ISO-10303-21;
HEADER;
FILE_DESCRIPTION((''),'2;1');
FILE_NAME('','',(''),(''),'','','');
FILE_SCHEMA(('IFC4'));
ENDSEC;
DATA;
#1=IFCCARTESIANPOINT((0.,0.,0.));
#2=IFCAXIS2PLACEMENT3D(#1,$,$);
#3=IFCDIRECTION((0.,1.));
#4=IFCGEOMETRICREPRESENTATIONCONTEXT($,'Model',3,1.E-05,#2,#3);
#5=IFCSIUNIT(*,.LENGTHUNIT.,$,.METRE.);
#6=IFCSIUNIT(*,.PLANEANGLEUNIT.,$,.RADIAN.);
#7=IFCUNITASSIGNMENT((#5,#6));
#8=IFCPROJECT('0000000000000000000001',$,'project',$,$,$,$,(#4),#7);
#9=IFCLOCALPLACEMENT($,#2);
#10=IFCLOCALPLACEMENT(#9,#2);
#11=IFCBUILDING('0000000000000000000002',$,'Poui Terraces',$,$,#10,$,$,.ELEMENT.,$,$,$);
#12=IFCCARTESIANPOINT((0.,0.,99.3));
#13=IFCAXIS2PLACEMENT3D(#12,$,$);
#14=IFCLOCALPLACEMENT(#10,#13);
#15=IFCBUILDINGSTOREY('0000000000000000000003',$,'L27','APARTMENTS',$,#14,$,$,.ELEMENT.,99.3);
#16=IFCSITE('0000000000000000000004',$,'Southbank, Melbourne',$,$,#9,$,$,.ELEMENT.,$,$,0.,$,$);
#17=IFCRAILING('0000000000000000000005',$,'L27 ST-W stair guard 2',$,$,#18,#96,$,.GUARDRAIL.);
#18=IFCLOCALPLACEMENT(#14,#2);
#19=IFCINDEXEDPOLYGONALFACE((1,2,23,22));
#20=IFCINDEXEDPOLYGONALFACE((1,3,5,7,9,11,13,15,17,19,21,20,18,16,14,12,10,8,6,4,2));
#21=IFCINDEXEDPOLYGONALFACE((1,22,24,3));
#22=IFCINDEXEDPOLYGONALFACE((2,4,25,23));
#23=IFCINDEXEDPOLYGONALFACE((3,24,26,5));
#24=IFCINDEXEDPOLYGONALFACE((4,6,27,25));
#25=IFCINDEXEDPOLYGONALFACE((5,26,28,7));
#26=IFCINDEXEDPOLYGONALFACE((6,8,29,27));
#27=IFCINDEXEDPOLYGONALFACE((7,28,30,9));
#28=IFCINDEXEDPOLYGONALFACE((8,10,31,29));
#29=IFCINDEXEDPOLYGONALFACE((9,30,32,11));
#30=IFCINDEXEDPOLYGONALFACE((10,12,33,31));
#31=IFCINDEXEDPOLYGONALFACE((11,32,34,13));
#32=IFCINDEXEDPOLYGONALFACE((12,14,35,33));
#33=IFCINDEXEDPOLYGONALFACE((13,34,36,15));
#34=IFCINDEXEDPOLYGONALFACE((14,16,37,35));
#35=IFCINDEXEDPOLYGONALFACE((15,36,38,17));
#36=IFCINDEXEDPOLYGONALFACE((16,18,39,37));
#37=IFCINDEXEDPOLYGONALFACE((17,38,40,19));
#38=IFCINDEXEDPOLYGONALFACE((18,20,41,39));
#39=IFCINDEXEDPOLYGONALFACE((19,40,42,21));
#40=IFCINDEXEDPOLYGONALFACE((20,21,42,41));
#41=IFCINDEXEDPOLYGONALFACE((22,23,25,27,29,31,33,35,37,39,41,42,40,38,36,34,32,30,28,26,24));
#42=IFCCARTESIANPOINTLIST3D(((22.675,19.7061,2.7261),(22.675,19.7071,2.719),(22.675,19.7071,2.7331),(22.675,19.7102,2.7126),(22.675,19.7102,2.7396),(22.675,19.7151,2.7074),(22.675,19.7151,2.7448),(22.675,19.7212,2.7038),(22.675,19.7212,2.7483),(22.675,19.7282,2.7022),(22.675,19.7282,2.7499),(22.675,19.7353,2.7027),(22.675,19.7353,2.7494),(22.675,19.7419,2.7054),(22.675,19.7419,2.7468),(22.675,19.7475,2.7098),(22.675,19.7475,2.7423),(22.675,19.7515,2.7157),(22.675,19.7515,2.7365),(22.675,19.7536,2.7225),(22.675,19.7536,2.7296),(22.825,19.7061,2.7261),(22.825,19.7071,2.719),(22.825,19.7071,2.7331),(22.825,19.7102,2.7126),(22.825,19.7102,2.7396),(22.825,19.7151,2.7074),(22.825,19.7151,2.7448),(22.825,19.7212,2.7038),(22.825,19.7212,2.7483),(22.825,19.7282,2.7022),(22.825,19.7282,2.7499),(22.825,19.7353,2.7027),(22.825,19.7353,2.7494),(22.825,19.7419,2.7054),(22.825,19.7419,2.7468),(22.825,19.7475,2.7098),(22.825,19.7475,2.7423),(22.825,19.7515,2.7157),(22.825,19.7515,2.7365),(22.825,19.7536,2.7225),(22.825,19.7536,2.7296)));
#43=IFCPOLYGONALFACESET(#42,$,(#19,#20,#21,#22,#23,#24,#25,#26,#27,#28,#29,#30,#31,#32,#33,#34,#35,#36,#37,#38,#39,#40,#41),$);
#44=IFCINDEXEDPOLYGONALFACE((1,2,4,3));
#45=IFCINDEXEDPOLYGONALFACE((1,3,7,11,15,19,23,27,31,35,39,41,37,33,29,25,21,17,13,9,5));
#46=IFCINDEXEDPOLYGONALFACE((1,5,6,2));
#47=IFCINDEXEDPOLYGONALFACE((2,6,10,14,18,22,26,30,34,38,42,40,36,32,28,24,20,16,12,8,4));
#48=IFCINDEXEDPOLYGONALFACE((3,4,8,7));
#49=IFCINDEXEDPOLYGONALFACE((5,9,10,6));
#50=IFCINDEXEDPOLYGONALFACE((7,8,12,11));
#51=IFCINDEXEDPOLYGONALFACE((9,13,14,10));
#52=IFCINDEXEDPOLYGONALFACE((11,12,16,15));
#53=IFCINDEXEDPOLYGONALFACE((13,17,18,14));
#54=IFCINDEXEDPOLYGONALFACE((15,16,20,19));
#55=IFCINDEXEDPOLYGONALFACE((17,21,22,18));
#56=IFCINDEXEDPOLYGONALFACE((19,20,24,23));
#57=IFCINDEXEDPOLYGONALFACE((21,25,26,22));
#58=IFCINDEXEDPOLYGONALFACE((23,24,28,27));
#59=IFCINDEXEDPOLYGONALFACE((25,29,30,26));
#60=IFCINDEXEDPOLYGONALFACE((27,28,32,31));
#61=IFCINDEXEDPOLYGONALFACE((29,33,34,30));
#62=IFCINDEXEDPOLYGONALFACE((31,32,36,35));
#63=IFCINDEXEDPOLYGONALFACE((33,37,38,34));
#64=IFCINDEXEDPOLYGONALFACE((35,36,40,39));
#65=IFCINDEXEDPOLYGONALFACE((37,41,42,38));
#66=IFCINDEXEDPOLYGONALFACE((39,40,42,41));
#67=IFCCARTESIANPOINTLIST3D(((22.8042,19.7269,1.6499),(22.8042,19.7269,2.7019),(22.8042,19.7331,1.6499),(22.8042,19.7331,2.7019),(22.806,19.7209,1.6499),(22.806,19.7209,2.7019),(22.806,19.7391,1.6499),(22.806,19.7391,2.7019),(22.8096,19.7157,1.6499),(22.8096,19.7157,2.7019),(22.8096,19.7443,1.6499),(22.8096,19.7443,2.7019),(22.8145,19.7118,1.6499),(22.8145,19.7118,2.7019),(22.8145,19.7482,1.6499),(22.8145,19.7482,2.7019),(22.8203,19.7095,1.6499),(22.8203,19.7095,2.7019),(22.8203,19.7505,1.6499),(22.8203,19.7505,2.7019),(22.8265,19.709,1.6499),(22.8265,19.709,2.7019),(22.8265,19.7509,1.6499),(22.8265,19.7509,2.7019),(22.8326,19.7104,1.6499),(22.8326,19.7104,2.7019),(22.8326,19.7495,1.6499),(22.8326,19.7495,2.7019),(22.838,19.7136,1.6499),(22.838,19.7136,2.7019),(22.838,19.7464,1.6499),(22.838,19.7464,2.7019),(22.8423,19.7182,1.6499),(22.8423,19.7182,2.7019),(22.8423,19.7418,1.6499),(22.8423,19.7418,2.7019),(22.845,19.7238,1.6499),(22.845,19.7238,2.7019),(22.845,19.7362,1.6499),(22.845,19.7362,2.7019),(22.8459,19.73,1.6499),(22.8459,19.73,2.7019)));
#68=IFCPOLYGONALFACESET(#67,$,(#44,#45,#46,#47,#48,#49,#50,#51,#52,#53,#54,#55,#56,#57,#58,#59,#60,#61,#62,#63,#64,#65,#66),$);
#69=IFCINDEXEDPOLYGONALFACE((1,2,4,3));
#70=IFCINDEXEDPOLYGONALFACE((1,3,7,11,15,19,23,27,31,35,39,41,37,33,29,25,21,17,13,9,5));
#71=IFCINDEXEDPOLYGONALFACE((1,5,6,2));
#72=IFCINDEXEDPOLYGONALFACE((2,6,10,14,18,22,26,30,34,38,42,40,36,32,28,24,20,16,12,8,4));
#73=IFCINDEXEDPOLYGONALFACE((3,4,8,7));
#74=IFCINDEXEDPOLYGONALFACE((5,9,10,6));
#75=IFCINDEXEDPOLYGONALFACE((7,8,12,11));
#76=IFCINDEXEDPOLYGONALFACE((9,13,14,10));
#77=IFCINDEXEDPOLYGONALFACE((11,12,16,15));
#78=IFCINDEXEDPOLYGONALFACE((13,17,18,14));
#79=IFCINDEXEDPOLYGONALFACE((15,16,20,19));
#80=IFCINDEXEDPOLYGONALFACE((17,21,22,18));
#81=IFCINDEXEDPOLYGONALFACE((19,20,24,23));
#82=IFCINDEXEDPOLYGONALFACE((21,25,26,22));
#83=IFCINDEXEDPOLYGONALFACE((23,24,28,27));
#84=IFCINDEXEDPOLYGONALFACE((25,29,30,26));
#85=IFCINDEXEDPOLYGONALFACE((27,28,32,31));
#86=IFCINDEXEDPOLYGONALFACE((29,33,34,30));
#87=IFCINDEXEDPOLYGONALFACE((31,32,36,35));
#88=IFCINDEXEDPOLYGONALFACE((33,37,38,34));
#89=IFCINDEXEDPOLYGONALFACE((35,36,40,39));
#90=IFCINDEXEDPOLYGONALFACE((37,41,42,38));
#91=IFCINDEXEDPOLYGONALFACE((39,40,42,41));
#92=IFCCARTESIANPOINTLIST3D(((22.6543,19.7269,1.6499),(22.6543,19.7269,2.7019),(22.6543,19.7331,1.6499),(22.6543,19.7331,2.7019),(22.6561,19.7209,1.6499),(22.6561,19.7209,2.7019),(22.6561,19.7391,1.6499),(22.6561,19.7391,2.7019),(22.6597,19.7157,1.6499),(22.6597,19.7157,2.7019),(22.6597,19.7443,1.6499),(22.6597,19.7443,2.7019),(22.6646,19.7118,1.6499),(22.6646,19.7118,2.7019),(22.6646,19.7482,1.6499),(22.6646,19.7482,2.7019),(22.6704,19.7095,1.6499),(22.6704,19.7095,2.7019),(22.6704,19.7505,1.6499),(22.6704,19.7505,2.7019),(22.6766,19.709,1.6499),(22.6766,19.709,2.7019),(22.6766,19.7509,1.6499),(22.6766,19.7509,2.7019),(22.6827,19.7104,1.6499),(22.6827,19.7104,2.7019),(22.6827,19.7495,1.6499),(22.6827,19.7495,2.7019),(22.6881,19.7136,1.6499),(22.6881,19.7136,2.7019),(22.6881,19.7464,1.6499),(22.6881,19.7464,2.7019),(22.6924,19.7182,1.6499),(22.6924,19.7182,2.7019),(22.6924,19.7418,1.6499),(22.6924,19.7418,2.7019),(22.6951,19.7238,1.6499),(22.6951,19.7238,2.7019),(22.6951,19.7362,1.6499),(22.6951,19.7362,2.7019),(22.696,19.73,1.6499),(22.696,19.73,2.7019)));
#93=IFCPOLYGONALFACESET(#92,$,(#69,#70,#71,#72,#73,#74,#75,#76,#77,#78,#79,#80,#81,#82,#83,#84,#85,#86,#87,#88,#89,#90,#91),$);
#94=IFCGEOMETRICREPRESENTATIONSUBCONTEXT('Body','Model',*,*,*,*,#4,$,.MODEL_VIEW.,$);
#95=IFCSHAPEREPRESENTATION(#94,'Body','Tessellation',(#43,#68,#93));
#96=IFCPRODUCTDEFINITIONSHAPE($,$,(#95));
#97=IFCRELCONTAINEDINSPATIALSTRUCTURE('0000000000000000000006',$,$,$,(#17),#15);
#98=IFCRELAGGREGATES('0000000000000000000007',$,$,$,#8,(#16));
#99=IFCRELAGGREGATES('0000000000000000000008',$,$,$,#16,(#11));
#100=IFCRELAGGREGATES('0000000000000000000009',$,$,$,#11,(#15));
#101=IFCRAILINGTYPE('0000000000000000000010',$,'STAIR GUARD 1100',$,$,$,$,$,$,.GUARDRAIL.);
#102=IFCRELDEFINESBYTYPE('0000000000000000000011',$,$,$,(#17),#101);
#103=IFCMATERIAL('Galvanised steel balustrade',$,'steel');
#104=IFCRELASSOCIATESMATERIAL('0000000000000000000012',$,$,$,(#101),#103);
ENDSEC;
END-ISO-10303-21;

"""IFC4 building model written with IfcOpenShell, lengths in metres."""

from ifc_helpers import new_model, si_unit, direction, frame, origin, origin_2d, place, context, subcontext, project, spatial, circle, extrude, material, type_object, element, save


model = new_model("IFC4")

# Units and contexts
model_context = context("Model", 3, precision=1e-05, world=origin(), true_north=direction((0.0, 1.0)))
body_context = subcontext(model_context, "Body", "Model", "MODEL_VIEW")
ifc_project = project(units=[si_unit("LENGTHUNIT", "METRE"), si_unit("PLANEANGLEUNIT", "RADIAN")], contexts=[model_context])

# Site, building, storey
site_placement = place(None, origin())
site = spatial("IfcSite", under=ifc_project, at=site_placement, Name="Southbank, Melbourne", CompositionType="ELEMENT", RefElevation=0.0)
building_placement = place(site_placement, origin())
building = spatial("IfcBuilding", under=site, at=building_placement, Name="Poui Terraces", CompositionType="ELEMENT")
storey_placement = place(building_placement, frame((0.0, 0.0, 99.3)))
storey = spatial("IfcBuildingStorey", under=building, at=storey_placement, Name="L27", Description="APARTMENTS", CompositionType="ELEMENT", Elevation=99.3)

# Railing
ifc_material_1 = material(Name="Galvanised steel balustrade", Category="steel")
railing_type_1 = type_object("IfcRailingType", Name="STAIR GUARD 1100", PredefinedType="GUARDRAIL", material=ifc_material_1)
railing_1_placement = place(storey_placement, frame((22.825, 19.73, 1.6499)))
element("IfcRailing", 1, at=railing_1_placement, inside=storey, type_object=railing_type_1, Name="L27 ST-W stair guard 2", PredefinedType="GUARDRAIL", context=body_context, shape_type="SweptSolid", body=[
    extrude(circle(Radius=0.0239, at=origin_2d()), frame((0.0, 0.0, 1.0762), z_axis=(-1.0, 0.0, 0.0), x_axis=(0.0, -1.0, 0.0)), (0.0, 0.0, 1.0), 0.1499),
    extrude(circle(Radius=0.021, at=origin_2d()), origin(), (0.0, 0.0, 1.0), 1.052),
    extrude(circle(Radius=0.021, at=origin_2d()), frame((-0.1499, 0.0, 0.0)), (0.0, 0.0, 1.0), 1.052),
])

save(model, "model.ifc")
